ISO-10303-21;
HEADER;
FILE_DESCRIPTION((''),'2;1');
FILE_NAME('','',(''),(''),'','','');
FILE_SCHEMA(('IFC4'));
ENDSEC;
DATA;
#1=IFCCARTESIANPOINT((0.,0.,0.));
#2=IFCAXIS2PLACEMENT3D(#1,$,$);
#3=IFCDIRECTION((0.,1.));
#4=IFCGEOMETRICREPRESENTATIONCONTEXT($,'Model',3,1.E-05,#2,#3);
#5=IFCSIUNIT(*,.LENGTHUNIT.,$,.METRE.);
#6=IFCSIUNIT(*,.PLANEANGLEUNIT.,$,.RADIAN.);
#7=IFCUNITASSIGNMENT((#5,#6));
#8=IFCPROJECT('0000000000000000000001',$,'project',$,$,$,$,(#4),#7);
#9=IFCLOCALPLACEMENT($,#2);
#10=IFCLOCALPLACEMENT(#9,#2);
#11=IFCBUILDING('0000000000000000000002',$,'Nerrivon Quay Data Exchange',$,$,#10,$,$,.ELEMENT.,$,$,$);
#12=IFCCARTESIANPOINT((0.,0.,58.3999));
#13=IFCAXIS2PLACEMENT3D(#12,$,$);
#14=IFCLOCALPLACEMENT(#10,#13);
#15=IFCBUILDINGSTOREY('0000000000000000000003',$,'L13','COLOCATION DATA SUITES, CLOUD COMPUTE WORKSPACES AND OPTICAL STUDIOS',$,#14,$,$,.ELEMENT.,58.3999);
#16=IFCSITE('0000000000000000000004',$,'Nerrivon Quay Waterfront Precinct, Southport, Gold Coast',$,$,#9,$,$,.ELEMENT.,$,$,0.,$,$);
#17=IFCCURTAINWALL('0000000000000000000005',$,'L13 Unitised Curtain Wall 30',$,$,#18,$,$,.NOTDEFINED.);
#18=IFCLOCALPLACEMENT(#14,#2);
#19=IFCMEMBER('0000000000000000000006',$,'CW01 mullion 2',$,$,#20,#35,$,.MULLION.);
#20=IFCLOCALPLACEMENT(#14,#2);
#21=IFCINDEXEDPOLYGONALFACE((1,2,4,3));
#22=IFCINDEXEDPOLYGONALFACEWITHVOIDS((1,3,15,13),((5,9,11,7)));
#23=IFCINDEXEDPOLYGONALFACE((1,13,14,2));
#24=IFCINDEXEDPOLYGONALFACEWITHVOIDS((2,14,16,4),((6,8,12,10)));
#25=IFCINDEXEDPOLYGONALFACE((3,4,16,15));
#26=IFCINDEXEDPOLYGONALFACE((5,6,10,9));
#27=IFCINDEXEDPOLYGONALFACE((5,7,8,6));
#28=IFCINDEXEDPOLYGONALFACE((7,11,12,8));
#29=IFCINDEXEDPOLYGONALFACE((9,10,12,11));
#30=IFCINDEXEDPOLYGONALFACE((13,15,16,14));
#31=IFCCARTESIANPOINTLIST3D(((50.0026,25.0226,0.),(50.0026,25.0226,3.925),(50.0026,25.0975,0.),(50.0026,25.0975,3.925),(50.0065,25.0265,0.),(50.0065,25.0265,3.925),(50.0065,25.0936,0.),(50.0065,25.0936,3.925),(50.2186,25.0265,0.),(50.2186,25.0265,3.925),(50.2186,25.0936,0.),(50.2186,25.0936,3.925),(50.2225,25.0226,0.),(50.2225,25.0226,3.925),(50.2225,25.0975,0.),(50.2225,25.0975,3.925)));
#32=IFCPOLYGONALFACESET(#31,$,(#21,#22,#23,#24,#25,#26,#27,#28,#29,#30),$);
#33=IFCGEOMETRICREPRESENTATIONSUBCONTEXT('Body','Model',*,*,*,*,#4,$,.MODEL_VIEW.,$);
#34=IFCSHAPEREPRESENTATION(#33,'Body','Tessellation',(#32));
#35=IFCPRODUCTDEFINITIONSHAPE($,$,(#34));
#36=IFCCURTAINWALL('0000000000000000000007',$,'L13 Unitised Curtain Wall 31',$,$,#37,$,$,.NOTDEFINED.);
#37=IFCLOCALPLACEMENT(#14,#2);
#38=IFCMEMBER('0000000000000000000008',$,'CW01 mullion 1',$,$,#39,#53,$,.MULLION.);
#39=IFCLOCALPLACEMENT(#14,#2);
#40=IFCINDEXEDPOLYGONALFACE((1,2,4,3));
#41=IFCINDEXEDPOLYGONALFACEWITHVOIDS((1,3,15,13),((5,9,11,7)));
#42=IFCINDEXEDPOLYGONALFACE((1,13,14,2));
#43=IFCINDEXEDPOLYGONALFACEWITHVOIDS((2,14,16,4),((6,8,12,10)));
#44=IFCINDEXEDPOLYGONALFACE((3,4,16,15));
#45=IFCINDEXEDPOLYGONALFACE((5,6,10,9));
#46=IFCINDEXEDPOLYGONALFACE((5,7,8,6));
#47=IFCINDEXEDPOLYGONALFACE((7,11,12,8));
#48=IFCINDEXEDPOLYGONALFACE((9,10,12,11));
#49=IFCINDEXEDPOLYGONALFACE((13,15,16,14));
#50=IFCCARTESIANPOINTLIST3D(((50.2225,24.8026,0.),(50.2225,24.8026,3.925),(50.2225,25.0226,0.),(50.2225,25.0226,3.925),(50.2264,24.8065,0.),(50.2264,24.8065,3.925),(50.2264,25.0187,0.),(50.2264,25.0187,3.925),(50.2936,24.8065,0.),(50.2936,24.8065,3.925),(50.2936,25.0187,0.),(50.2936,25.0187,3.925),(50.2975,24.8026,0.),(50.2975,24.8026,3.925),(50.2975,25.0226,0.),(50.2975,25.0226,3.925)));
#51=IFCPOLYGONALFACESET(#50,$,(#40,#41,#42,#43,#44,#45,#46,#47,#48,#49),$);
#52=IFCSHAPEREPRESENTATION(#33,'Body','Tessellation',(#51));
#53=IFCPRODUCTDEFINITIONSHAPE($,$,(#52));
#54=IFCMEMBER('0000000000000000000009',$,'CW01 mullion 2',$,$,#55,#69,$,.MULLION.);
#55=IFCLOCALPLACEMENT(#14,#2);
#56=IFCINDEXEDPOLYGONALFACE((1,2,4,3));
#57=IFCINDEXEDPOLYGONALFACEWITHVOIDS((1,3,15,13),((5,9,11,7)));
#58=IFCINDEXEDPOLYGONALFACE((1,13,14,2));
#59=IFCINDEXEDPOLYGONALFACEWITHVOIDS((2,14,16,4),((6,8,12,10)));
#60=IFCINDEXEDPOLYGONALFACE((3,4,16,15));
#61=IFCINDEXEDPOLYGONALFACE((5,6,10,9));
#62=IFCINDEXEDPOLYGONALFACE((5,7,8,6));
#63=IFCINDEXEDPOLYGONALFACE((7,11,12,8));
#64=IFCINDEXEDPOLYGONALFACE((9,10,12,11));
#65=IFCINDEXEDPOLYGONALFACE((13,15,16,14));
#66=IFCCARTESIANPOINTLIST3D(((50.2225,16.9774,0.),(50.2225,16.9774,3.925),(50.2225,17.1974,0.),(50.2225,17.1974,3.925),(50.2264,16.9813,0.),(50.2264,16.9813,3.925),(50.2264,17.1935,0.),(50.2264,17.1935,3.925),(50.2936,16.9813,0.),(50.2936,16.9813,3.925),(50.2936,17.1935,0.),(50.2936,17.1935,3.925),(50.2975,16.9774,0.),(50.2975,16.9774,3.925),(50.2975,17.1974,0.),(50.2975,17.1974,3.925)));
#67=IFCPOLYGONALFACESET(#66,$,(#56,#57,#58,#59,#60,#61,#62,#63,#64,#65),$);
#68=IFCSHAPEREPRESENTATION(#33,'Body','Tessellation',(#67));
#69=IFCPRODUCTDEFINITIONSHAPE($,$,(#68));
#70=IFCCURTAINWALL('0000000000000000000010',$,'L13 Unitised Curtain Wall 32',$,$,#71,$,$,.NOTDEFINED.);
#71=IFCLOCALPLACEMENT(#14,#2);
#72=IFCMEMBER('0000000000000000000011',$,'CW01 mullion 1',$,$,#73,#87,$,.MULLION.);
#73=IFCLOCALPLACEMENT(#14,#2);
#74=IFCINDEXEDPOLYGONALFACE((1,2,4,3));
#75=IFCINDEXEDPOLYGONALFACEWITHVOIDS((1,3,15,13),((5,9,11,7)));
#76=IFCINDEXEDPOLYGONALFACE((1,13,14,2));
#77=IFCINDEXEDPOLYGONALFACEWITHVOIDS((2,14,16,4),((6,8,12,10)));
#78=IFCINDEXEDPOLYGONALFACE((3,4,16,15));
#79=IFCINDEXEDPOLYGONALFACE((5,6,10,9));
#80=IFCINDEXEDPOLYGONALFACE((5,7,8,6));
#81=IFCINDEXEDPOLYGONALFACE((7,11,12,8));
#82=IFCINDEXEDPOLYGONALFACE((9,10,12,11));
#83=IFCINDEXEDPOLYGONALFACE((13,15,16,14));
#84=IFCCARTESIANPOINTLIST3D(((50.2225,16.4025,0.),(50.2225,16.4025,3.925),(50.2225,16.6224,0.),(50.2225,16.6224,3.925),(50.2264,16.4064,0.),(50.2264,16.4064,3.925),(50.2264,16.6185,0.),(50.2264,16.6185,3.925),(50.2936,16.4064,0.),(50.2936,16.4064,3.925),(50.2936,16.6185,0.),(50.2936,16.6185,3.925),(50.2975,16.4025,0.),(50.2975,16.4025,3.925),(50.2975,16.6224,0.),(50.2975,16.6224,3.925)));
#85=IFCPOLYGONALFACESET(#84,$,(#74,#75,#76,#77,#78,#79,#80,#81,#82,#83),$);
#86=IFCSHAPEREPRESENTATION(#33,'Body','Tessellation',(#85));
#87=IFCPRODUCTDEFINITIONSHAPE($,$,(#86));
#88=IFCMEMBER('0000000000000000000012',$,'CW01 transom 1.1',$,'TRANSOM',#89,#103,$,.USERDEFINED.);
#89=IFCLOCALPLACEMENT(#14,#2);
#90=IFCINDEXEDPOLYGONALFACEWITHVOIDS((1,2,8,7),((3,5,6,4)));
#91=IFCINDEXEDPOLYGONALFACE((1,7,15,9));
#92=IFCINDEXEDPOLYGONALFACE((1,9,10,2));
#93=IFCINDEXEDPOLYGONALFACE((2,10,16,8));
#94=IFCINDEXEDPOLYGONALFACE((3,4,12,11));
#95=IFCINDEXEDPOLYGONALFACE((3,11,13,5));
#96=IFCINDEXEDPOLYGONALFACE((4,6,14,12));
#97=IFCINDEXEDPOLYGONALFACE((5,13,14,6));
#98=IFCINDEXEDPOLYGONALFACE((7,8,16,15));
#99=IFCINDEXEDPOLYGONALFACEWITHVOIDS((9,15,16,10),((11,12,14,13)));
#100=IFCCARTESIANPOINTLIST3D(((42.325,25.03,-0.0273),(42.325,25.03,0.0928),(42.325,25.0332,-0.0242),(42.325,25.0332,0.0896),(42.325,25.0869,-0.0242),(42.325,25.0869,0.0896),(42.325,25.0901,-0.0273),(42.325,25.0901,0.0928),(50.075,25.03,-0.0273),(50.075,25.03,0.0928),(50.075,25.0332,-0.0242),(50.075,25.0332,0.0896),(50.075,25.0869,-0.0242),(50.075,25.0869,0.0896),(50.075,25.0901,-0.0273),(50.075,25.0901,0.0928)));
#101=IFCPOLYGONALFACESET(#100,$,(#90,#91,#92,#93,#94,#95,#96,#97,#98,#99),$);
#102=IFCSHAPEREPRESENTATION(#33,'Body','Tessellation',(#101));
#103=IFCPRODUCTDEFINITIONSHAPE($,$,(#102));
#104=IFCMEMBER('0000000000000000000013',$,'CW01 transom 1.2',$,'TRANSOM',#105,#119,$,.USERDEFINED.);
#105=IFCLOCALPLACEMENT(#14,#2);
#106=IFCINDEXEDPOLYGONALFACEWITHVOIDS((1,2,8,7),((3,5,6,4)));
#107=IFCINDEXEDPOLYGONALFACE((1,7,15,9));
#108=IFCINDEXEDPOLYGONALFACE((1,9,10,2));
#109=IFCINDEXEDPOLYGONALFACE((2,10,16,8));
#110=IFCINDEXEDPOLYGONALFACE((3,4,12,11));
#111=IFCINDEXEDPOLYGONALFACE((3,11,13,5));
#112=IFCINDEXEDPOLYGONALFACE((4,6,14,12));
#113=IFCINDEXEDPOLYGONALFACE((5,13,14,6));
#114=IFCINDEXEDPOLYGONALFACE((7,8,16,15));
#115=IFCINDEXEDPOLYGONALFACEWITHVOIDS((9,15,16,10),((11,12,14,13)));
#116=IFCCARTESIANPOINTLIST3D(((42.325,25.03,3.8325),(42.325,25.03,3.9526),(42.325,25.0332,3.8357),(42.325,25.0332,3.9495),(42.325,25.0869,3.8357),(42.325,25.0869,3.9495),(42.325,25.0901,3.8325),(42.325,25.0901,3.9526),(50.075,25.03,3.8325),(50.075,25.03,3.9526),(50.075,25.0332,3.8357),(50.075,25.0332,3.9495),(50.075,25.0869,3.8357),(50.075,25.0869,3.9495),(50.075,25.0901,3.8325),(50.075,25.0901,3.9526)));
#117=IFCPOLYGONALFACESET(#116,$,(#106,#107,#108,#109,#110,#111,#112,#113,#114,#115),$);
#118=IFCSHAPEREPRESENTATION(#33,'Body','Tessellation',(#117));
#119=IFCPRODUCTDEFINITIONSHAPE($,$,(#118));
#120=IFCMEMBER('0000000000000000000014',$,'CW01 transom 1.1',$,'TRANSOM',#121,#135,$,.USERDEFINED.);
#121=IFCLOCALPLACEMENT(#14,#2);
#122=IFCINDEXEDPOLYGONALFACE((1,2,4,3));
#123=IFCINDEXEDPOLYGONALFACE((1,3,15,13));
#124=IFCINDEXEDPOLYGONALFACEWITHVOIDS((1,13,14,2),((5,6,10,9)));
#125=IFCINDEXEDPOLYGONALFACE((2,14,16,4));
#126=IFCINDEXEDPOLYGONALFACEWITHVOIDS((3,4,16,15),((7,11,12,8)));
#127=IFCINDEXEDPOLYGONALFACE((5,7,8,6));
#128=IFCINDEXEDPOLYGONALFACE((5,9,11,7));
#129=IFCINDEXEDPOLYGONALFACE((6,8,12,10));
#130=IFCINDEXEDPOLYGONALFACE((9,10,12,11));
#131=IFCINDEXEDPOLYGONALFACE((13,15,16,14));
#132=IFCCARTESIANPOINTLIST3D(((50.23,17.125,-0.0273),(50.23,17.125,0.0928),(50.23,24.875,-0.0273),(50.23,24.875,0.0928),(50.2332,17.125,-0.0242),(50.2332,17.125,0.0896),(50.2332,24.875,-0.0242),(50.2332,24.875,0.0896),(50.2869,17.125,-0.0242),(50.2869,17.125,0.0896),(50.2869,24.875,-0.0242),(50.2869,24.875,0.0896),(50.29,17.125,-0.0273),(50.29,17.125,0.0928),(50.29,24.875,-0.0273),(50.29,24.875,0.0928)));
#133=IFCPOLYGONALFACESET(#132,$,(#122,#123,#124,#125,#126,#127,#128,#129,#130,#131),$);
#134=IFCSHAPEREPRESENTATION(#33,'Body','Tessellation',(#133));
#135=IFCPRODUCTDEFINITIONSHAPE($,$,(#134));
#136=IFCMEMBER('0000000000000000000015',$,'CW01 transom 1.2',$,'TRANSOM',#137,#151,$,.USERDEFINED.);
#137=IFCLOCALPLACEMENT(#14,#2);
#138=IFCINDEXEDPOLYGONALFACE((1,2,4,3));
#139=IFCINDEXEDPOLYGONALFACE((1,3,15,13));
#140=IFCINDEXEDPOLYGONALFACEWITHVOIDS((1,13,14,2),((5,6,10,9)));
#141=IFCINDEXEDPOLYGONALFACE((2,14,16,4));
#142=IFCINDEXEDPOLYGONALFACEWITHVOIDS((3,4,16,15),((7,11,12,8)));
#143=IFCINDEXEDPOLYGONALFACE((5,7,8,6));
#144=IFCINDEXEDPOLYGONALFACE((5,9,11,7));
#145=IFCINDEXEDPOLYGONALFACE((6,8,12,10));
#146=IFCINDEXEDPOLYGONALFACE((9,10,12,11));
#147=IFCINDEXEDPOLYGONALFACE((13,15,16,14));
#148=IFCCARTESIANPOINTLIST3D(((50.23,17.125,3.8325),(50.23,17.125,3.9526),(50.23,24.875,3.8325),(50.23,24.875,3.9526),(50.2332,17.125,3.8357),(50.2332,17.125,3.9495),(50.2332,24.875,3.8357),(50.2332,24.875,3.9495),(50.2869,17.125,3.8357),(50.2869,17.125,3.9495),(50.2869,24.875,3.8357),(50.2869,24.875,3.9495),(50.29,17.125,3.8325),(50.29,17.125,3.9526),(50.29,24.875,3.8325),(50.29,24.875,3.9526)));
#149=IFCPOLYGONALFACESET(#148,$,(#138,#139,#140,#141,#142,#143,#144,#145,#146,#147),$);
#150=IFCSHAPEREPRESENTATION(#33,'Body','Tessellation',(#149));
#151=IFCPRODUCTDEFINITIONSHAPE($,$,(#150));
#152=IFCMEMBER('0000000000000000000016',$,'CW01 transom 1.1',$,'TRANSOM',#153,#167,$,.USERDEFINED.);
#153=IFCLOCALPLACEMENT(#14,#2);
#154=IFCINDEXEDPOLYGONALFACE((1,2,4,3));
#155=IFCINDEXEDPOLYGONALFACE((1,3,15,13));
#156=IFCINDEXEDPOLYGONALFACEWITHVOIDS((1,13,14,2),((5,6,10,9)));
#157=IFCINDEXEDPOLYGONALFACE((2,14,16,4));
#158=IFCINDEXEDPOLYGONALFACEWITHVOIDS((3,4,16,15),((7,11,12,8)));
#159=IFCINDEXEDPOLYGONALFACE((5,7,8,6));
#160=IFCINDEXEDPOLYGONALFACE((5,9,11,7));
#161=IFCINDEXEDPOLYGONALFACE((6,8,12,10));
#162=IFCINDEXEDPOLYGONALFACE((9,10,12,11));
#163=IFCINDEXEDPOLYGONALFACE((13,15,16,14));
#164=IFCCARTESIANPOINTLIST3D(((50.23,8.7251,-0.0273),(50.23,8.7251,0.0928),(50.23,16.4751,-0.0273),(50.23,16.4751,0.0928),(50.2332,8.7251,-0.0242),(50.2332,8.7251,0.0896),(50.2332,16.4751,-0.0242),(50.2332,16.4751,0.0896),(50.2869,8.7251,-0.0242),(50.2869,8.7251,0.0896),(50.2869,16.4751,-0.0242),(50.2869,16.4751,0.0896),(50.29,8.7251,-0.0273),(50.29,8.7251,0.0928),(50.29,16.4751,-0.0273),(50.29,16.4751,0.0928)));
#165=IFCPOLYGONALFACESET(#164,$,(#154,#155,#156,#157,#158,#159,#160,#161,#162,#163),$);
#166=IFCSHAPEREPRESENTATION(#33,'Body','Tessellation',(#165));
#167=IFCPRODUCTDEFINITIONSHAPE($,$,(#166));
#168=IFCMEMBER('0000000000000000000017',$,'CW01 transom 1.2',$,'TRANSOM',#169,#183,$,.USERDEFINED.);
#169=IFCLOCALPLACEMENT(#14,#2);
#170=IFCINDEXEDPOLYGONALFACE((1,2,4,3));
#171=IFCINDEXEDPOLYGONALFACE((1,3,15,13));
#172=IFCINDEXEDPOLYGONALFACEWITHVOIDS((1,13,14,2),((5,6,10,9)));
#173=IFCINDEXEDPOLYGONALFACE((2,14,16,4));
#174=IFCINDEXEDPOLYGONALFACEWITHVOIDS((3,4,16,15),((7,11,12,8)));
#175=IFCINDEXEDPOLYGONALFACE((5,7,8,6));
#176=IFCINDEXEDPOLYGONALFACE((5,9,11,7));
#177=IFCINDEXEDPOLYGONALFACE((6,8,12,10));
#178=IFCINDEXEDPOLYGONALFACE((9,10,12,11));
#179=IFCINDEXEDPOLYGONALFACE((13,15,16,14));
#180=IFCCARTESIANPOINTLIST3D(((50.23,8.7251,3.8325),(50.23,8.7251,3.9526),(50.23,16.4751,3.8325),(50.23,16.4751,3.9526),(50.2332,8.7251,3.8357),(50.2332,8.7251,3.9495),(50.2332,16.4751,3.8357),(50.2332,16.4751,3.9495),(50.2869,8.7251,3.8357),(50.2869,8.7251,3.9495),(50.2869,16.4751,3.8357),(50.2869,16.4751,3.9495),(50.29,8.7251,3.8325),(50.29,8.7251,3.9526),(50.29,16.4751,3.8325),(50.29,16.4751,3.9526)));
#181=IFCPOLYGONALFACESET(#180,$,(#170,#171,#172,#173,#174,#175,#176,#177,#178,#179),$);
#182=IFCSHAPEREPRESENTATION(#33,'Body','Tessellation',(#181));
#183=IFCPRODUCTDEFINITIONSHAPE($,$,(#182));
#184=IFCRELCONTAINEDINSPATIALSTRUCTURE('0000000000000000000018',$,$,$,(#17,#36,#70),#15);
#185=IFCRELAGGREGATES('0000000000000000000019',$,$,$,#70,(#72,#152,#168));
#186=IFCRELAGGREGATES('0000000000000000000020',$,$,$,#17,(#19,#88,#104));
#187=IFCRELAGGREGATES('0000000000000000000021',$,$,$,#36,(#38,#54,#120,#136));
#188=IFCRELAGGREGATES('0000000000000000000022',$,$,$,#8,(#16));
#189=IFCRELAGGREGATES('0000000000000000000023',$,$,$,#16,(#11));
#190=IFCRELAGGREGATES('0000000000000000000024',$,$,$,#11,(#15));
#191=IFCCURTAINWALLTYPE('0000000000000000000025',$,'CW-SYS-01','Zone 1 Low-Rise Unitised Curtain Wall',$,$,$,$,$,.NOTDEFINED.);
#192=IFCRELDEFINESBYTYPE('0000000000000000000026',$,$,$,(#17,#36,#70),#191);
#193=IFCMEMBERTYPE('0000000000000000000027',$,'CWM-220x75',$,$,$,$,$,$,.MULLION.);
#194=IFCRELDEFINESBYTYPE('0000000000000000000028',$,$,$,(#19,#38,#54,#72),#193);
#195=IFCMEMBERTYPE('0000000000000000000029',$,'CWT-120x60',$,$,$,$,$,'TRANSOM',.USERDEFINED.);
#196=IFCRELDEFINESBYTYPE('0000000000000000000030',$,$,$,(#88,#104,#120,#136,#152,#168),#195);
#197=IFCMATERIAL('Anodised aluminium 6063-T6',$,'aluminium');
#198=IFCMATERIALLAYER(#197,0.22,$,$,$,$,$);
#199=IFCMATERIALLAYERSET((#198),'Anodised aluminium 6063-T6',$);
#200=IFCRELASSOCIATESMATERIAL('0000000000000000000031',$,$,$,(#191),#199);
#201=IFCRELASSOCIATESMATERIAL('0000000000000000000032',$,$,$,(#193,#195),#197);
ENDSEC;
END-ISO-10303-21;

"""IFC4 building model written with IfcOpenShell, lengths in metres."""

from ifc_helpers import new_model, si_unit, direction, frame, origin, origin_2d, place, context, subcontext, project, spatial, hollow_rectangle, extrude, material, layer, layer_set, material_profile, profile_set, type_object, element, aggregate, save


model = new_model("IFC4")

# Units and contexts
model_context = context("Model", 3, precision=1e-05, world=origin(), true_north=direction((0.0, 1.0)))
body_context = subcontext(model_context, "Body", "Model", "MODEL_VIEW")
ifc_project = project(units=[si_unit("LENGTHUNIT", "METRE"), si_unit("PLANEANGLEUNIT", "RADIAN")], contexts=[model_context])

# Site, building, storey
site_placement = place(None, origin())
site = spatial("IfcSite", under=ifc_project, at=site_placement, Name="Nerrivon Quay Waterfront Precinct, Southport, Gold Coast", CompositionType="ELEMENT", RefElevation=0.0)
building_placement = place(site_placement, origin())
building = spatial("IfcBuilding", under=site, at=building_placement, Name="Nerrivon Quay Data Exchange", CompositionType="ELEMENT")
storey_placement = place(building_placement, frame((0.0, 0.0, 58.3999)))
storey = spatial("IfcBuildingStorey", under=building, at=storey_placement, Name="L13", Description="COLOCATION DATA SUITES, CLOUD COMPUTE WORKSPACES AND OPTICAL STUDIOS", CompositionType="ELEMENT", Elevation=58.3999)

# Curtain wall, member
ifc_material_1 = material(Name="Anodised aluminium 6063-T6", Category="aluminium")
ifc_layer_1 = layer(ifc_material_1, 0.22)
ifc_layer_set_1 = layer_set([ifc_layer_1], Name="Anodised aluminium 6063-T6")
curtain_wall_type = type_object("IfcCurtainWallType", Name="CW-SYS-01", Description="Zone 1 Low-Rise Unitised Curtain Wall", PredefinedType="NOTDEFINED", material=ifc_layer_set_1)
curtain_wall_1_placement = place(storey_placement, origin())
curtain_wall_1 = element("IfcCurtainWall", 1, at=curtain_wall_1_placement, inside=storey, type_object=curtain_wall_type, Name="L13 Unitised Curtain Wall 30", PredefinedType="NOTDEFINED")
ifc_material_profile_1 = material_profile(ifc_material_1, hollow_rectangle(XDim=0.075, YDim=0.22, WallThickness=0.0039, at=origin_2d()), Name="ALU-MULL-220x75")
ifc_profile_set_1 = profile_set([ifc_material_profile_1], Name="Anodised aluminium 6063-T6")
member_type_1 = type_object("IfcMemberType", Name="CWM-220x75", PredefinedType="MULLION", material=ifc_profile_set_1)
member_1_placement = place(storey_placement, frame((50.1125, 25.0601, 0.0), z_axis=(0.0, 0.0, 1.0), x_axis=(0.0, 1.0, 0.0)))
member_1 = element("IfcMember", 2, at=member_1_placement, type_object=member_type_1, Name="CW01 mullion 2", PredefinedType="MULLION", context=body_context, shape_type="SweptSolid", body=[
    extrude(hollow_rectangle(XDim=0.075, YDim=0.22, WallThickness=0.0039, at=origin_2d()), origin(), (0.0, 0.0, 1.0), 3.925),
])

# Curtain wall, members
curtain_wall_2_placement = place(storey_placement, origin())
curtain_wall_2 = element("IfcCurtainWall", 3, at=curtain_wall_2_placement, inside=storey, type_object=curtain_wall_type, Name="L13 Unitised Curtain Wall 31", PredefinedType="NOTDEFINED")
member_2_placement = place(storey_placement, frame((50.26, 24.9126, 0.0), z_axis=(0.0, 0.0, 1.0), x_axis=(1.0, 0.0, 0.0)))
member_2 = element("IfcMember", 4, at=member_2_placement, type_object=member_type_1, Name="CW01 mullion 1", PredefinedType="MULLION", context=body_context, shape_type="SweptSolid", body=[
    extrude(hollow_rectangle(XDim=0.075, YDim=0.22, WallThickness=0.0039, at=origin_2d()), origin(), (0.0, 0.0, 1.0), 3.925),
])
member_3_placement = place(storey_placement, frame((50.26, 17.0874, 0.0), z_axis=(0.0, 0.0, 1.0), x_axis=(1.0, 0.0, 0.0)))
member_3 = element("IfcMember", 5, at=member_3_placement, type_object=member_type_1, Name="CW01 mullion 2", PredefinedType="MULLION", context=body_context, shape_type="SweptSolid", body=[
    extrude(hollow_rectangle(XDim=0.075, YDim=0.22, WallThickness=0.0039, at=origin_2d()), origin(), (0.0, 0.0, 1.0), 3.925),
])

# Curtain wall, member
curtain_wall_3_placement = place(storey_placement, origin())
curtain_wall_3 = element("IfcCurtainWall", 6, at=curtain_wall_3_placement, inside=storey, type_object=curtain_wall_type, Name="L13 Unitised Curtain Wall 32", PredefinedType="NOTDEFINED")
member_4_placement = place(storey_placement, frame((50.26, 16.5125, 0.0), z_axis=(0.0, 0.0, 1.0), x_axis=(1.0, 0.0, 0.0)))
member_4 = element("IfcMember", 7, at=member_4_placement, type_object=member_type_1, Name="CW01 mullion 1", PredefinedType="MULLION", context=body_context, shape_type="SweptSolid", body=[
    extrude(hollow_rectangle(XDim=0.075, YDim=0.22, WallThickness=0.0039, at=origin_2d()), origin(), (0.0, 0.0, 1.0), 3.925),
])

# Members
ifc_material_profile_2 = material_profile(ifc_material_1, hollow_rectangle(XDim=0.0601, YDim=0.1201, WallThickness=0.0032, at=origin_2d()), Name="ALU-TRAN-120x60")
ifc_profile_set_2 = profile_set([ifc_material_profile_2], Name="Anodised aluminium 6063-T6")
member_type_2 = type_object("IfcMemberType", Name="CWT-120x60", ElementType="TRANSOM", PredefinedType="USERDEFINED", material=ifc_profile_set_2)
member_5_placement = place(storey_placement, frame((42.325, 25.0601, 0.0327), z_axis=(1.0, 0.0, 0.0), x_axis=(0.0, 1.0, 0.0)))
member_5 = element("IfcMember", 8, at=member_5_placement, type_object=member_type_2, Name="CW01 transom 1.1", ObjectType="TRANSOM", PredefinedType="USERDEFINED", context=body_context, shape_type="SweptSolid", body=[
    extrude(hollow_rectangle(XDim=0.0601, YDim=0.1201, WallThickness=0.0032, at=origin_2d()), origin(), (0.0, 0.0, 1.0), 7.75),
])
member_6_placement = place(storey_placement, frame((42.325, 25.0601, 3.8926), z_axis=(1.0, 0.0, 0.0), x_axis=(0.0, 1.0, 0.0)))
member_6 = element("IfcMember", 9, at=member_6_placement, type_object=member_type_2, Name="CW01 transom 1.2", ObjectType="TRANSOM", PredefinedType="USERDEFINED", context=body_context, shape_type="SweptSolid", body=[
    extrude(hollow_rectangle(XDim=0.0601, YDim=0.1201, WallThickness=0.0032, at=origin_2d()), origin(), (0.0, 0.0, 1.0), 7.75),
])
member_7_placement = place(storey_placement, frame((50.26, 24.875, 0.0327), z_axis=(0.0, -1.0, 0.0), x_axis=(1.0, 0.0, 0.0)))
member_7 = element("IfcMember", 10, at=member_7_placement, type_object=member_type_2, Name="CW01 transom 1.1", ObjectType="TRANSOM", PredefinedType="USERDEFINED", context=body_context, shape_type="SweptSolid", body=[
    extrude(hollow_rectangle(XDim=0.0601, YDim=0.1201, WallThickness=0.0032, at=origin_2d()), origin(), (0.0, 0.0, 1.0), 7.75),
])
member_8_placement = place(storey_placement, frame((50.26, 24.875, 3.8926), z_axis=(0.0, -1.0, 0.0), x_axis=(1.0, 0.0, 0.0)))
member_8 = element("IfcMember", 11, at=member_8_placement, type_object=member_type_2, Name="CW01 transom 1.2", ObjectType="TRANSOM", PredefinedType="USERDEFINED", context=body_context, shape_type="SweptSolid", body=[
    extrude(hollow_rectangle(XDim=0.0601, YDim=0.1201, WallThickness=0.0032, at=origin_2d()), origin(), (0.0, 0.0, 1.0), 7.75),
])
member_9_placement = place(storey_placement, frame((50.26, 16.4751, 0.0327), z_axis=(0.0, -1.0, 0.0), x_axis=(1.0, 0.0, 0.0)))
member_9 = element("IfcMember", 12, at=member_9_placement, type_object=member_type_2, Name="CW01 transom 1.1", ObjectType="TRANSOM", PredefinedType="USERDEFINED", context=body_context, shape_type="SweptSolid", body=[
    extrude(hollow_rectangle(XDim=0.0601, YDim=0.1201, WallThickness=0.0032, at=origin_2d()), origin(), (0.0, 0.0, 1.0), 7.75),
])
member_10_placement = place(storey_placement, frame((50.26, 16.4751, 3.8926), z_axis=(0.0, -1.0, 0.0), x_axis=(1.0, 0.0, 0.0)))
member_10 = element("IfcMember", 13, at=member_10_placement, type_object=member_type_2, Name="CW01 transom 1.2", ObjectType="TRANSOM", PredefinedType="USERDEFINED", context=body_context, shape_type="SweptSolid", body=[
    extrude(hollow_rectangle(XDim=0.0601, YDim=0.1201, WallThickness=0.0032, at=origin_2d()), origin(), (0.0, 0.0, 1.0), 7.75),
])
aggregate(curtain_wall_3, [member_4, member_9, member_10])

aggregate(curtain_wall_1, [member_1, member_5, member_6])
aggregate(curtain_wall_2, [member_2, member_3, member_7, member_8])

save(model, "model.ifc")
